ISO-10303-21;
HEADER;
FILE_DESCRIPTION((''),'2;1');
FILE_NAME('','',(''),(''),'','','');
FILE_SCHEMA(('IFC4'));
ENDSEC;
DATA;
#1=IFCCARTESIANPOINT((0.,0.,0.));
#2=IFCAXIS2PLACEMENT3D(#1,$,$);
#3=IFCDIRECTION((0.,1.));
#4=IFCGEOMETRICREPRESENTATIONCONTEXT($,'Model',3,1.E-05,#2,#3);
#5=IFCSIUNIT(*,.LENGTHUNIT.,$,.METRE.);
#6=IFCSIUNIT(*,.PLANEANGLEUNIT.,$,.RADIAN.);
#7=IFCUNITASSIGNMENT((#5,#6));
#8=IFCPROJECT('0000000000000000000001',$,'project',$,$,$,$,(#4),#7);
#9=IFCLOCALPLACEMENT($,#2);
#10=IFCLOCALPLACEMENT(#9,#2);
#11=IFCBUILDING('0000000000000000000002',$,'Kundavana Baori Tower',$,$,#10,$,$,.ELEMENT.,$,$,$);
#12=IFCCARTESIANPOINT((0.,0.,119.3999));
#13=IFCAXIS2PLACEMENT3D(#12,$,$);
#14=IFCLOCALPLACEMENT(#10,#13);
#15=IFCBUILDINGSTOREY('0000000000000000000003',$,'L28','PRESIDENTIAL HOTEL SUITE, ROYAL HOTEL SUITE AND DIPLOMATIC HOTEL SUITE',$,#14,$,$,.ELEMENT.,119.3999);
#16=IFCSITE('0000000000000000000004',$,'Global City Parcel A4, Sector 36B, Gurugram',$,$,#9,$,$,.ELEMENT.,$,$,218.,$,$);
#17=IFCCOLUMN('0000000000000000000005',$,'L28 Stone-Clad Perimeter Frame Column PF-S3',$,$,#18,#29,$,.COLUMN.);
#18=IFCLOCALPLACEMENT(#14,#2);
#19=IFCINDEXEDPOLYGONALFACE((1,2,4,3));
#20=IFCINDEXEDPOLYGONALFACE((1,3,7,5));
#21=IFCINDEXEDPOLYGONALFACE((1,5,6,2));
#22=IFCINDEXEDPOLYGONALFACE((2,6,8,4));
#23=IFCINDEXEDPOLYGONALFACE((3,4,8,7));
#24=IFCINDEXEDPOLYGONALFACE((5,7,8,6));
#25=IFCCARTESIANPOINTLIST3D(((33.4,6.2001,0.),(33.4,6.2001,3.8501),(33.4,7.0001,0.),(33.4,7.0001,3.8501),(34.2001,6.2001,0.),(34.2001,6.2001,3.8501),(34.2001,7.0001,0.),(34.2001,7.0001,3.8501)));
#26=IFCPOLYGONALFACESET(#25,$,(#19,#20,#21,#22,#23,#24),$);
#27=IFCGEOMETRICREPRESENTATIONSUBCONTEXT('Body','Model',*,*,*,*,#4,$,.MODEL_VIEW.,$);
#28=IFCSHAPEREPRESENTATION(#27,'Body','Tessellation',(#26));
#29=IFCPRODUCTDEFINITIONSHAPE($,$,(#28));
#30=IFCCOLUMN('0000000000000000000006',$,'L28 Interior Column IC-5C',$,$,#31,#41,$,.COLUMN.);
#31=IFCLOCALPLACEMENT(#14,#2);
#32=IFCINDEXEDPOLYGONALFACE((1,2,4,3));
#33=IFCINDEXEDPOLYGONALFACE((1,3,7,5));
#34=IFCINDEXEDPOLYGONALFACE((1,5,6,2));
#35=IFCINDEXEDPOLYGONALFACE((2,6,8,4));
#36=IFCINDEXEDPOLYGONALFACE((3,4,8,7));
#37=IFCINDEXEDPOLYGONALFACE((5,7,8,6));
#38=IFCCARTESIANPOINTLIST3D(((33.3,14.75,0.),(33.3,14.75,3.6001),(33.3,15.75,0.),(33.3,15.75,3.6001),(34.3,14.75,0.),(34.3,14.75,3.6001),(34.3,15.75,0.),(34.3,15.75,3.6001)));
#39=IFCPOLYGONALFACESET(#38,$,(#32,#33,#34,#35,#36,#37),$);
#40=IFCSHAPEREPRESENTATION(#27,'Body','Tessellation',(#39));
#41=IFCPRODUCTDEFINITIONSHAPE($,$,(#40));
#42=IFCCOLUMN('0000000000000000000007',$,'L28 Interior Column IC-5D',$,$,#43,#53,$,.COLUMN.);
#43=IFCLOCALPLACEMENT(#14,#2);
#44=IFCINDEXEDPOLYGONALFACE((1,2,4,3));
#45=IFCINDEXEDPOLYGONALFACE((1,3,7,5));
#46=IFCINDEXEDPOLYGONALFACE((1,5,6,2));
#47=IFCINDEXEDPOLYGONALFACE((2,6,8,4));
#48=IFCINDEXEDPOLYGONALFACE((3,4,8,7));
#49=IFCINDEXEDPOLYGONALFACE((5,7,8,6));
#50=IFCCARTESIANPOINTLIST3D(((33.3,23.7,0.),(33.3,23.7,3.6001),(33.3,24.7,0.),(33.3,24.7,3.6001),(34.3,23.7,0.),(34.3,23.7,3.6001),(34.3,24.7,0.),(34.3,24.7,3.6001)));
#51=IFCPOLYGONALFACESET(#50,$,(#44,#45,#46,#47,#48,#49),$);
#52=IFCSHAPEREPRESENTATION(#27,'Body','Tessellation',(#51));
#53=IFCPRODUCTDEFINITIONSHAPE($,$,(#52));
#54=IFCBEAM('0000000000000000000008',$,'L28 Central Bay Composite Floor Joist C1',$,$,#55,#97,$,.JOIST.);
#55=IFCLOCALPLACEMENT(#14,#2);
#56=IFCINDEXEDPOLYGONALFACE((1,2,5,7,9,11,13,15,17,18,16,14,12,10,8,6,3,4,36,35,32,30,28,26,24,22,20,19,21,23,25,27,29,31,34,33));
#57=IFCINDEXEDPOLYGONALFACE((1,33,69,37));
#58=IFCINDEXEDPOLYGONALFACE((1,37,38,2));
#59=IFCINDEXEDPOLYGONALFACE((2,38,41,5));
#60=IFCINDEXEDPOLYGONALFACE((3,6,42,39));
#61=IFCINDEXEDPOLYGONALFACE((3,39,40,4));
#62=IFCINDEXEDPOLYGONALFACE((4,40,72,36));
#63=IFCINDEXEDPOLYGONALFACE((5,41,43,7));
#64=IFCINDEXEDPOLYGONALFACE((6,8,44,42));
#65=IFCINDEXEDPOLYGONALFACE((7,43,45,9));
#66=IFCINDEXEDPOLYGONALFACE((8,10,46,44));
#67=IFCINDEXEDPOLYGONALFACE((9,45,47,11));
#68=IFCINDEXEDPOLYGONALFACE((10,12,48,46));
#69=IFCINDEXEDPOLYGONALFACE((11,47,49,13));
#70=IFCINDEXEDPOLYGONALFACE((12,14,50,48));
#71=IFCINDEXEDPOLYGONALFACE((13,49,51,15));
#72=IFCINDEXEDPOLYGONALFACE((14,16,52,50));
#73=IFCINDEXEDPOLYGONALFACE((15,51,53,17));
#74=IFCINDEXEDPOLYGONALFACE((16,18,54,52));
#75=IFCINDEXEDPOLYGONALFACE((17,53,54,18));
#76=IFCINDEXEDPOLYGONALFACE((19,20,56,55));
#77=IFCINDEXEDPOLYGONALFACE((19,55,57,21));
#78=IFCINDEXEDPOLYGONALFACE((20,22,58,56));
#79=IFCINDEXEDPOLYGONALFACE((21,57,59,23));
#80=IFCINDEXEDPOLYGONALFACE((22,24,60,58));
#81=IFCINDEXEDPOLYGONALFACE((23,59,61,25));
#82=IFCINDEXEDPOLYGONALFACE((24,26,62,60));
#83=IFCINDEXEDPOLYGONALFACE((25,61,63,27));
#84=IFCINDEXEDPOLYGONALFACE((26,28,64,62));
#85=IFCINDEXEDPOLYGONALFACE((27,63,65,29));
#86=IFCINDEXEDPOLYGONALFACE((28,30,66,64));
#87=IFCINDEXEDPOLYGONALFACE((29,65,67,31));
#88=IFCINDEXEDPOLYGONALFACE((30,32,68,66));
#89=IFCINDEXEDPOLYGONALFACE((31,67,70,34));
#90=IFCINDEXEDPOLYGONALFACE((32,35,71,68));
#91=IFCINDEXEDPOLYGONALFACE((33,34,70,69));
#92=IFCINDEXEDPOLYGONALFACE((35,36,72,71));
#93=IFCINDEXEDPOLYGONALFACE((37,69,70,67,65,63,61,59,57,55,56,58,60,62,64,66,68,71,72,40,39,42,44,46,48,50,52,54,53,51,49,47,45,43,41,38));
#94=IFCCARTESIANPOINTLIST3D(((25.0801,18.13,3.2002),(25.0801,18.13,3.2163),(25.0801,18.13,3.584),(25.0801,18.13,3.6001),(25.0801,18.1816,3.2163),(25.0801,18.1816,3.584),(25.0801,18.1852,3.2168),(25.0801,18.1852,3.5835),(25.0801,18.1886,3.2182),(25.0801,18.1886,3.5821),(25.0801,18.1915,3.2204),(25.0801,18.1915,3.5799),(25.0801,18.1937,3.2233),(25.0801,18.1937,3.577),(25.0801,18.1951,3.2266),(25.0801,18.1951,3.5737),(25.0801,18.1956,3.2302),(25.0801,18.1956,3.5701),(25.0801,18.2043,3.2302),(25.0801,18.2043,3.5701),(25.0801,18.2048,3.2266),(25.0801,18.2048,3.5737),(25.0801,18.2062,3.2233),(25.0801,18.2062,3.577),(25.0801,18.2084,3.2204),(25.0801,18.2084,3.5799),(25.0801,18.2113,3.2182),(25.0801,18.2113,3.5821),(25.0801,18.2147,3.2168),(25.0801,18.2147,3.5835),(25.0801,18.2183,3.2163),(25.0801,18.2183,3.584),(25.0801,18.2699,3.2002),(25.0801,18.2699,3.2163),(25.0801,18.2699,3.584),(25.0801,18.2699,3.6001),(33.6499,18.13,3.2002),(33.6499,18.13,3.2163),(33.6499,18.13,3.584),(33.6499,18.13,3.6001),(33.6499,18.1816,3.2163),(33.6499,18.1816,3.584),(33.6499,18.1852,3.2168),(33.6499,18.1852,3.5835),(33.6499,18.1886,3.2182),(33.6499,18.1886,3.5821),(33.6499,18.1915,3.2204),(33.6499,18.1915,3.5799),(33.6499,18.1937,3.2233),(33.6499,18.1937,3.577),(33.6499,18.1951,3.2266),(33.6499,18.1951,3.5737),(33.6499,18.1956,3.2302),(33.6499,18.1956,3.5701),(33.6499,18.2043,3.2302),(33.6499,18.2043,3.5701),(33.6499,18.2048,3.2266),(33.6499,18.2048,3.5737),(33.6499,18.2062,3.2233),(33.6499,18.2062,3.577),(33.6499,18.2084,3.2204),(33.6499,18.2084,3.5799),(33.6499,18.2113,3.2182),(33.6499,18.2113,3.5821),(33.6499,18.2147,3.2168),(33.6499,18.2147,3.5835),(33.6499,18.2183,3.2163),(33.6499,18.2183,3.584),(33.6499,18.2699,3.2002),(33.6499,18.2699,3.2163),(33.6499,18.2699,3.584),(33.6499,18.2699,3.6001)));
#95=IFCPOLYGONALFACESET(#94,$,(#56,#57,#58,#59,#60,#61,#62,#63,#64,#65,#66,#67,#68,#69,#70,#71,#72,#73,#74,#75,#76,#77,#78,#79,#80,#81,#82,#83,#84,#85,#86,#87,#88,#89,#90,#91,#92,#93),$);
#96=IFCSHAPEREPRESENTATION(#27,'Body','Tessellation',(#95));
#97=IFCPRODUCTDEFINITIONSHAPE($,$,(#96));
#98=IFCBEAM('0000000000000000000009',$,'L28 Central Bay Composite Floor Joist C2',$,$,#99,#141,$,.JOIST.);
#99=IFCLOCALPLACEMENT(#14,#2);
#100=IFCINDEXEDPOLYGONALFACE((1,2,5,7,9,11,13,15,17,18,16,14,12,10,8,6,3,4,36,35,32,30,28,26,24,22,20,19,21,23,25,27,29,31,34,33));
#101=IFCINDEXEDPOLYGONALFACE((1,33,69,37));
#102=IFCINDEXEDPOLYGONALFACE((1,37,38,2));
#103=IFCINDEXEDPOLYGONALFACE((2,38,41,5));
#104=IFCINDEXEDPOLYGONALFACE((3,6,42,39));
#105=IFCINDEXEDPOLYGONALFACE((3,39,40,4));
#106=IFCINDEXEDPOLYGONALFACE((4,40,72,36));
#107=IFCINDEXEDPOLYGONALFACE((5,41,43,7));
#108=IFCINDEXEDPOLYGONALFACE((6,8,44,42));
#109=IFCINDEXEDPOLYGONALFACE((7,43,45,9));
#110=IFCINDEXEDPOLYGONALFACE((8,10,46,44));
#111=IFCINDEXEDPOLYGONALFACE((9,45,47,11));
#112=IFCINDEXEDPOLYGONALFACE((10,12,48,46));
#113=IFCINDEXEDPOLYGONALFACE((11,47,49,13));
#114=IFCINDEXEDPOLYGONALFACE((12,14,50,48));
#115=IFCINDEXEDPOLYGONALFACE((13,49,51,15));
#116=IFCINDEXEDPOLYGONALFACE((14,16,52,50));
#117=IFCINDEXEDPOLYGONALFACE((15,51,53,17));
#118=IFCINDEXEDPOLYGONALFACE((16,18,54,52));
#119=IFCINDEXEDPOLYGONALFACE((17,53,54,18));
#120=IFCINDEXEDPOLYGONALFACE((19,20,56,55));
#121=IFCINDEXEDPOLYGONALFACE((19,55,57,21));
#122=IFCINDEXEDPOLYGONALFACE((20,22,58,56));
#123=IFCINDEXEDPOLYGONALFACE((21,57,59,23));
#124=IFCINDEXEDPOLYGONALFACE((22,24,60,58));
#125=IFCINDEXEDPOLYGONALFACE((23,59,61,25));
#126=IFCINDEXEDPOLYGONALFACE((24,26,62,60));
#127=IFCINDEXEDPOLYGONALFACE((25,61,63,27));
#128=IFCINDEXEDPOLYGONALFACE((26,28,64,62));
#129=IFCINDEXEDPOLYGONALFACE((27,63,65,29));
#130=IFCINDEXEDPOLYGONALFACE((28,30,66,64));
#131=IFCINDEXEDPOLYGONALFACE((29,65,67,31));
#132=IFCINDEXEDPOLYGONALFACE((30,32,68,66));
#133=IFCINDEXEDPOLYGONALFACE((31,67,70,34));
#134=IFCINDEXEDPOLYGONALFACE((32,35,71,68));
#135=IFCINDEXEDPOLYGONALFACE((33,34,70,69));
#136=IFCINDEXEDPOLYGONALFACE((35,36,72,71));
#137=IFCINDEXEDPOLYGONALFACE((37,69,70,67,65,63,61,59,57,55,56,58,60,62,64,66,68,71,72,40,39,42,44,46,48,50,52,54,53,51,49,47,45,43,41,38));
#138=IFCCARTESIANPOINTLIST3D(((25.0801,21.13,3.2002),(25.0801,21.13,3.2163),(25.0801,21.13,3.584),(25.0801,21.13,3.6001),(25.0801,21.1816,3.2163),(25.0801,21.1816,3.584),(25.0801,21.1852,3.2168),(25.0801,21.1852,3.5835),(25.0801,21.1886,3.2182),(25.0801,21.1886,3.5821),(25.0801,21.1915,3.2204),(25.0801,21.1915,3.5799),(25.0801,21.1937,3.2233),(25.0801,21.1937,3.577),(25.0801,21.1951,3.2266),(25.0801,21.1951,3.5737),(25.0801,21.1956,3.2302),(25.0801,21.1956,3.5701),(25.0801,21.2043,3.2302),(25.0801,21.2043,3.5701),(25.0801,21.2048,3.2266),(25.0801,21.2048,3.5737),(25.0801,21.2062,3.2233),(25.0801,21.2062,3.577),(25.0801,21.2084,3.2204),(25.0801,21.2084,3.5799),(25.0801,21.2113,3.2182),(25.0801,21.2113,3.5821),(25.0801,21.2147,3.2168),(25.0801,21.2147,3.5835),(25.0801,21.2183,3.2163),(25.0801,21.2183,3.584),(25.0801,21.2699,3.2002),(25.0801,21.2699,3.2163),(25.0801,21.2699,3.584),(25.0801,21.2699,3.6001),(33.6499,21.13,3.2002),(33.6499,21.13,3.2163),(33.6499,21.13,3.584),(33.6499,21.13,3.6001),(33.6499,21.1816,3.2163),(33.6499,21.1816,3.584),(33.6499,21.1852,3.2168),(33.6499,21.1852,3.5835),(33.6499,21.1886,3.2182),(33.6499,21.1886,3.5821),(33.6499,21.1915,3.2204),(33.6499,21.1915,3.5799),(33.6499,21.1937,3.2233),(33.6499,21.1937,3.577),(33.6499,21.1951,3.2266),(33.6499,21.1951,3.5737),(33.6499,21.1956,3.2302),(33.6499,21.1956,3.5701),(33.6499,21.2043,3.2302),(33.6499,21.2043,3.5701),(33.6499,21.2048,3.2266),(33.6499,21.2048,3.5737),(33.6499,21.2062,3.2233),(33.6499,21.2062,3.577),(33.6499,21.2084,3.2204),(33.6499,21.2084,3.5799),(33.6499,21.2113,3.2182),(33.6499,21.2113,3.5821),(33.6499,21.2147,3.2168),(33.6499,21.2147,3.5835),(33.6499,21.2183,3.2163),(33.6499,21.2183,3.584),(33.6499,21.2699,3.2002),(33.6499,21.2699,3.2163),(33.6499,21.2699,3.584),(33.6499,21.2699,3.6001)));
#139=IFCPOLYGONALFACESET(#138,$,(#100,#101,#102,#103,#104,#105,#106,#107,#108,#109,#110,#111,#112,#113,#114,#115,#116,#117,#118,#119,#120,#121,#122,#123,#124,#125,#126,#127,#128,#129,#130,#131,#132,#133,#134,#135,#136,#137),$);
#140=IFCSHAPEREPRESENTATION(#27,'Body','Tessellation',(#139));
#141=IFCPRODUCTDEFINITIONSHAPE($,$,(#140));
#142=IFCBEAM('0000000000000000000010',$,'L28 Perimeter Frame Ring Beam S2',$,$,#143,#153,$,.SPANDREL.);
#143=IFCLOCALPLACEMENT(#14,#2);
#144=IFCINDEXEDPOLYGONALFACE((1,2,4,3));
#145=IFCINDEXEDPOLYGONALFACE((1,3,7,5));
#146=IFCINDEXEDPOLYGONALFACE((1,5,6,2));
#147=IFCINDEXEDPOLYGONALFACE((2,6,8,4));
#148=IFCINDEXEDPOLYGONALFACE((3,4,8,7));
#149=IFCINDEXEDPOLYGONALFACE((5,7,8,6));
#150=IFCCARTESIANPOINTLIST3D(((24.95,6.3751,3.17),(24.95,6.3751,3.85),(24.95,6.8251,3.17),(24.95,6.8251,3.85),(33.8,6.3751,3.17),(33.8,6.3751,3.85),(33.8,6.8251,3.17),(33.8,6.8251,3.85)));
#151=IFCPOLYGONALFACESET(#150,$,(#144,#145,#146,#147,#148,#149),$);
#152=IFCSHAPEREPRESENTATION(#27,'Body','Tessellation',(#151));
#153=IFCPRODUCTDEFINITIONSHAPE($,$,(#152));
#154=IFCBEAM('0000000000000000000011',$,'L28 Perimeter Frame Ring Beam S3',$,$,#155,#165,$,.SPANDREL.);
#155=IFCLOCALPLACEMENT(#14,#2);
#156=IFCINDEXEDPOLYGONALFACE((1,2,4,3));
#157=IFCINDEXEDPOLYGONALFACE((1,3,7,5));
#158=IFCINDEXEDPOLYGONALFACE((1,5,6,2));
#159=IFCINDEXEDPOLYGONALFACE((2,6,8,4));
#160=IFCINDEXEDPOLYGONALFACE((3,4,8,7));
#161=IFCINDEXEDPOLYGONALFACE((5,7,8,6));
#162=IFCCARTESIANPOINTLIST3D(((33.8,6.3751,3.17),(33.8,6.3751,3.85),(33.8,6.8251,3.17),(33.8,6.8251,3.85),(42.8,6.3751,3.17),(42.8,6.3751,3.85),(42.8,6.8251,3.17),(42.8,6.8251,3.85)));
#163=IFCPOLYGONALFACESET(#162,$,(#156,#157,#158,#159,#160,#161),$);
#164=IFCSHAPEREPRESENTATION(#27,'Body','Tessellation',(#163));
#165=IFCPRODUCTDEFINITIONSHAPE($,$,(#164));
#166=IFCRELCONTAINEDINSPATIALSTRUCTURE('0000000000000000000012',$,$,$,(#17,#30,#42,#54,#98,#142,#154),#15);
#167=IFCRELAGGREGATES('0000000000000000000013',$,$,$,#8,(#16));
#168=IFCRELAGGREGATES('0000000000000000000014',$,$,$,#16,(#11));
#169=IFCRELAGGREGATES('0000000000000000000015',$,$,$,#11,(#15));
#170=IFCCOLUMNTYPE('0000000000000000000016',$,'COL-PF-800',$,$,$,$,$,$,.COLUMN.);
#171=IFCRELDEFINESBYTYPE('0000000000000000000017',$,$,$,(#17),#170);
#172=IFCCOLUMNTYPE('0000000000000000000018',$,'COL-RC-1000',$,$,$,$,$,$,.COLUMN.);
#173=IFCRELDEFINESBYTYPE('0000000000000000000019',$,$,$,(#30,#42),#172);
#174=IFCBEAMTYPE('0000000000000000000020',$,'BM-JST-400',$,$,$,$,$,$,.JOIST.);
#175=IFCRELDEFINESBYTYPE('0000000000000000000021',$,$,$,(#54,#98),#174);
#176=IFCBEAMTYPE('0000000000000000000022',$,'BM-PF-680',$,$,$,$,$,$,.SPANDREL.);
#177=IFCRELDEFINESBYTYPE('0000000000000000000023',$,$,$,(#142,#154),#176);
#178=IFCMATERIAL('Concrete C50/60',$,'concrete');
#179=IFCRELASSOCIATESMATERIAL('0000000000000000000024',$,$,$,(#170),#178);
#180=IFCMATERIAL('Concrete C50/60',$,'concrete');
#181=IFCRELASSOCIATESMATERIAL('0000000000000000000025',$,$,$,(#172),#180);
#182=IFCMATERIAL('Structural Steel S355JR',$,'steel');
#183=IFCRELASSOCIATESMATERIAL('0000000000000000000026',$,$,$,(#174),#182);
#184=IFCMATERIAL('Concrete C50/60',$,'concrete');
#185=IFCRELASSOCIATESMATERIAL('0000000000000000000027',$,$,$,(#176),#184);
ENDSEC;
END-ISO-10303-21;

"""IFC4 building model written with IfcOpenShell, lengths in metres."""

from ifc_helpers import new_model, si_unit, direction, frame, origin, origin_2d, place, context, subcontext, project, spatial, rectangle, i_section, extrude, material, material_profile, profile_set, type_object, element, save


model = new_model("IFC4")

# Units and contexts
model_context = context("Model", 3, precision=1e-05, world=origin(), true_north=direction((0.0, 1.0)))
body_context = subcontext(model_context, "Body", "Model", "MODEL_VIEW")
ifc_project = project(units=[si_unit("LENGTHUNIT", "METRE"), si_unit("PLANEANGLEUNIT", "RADIAN")], contexts=[model_context])

# Site, building, storey
site_placement = place(None, origin())
site = spatial("IfcSite", under=ifc_project, at=site_placement, Name="Global City Parcel A4, Sector 36B, Gurugram", CompositionType="ELEMENT", RefElevation=218.0)
building_placement = place(site_placement, origin())
building = spatial("IfcBuilding", under=site, at=building_placement, Name="Kundavana Baori Tower", CompositionType="ELEMENT")
storey_placement = place(building_placement, frame((0.0, 0.0, 119.3999)))
storey = spatial("IfcBuildingStorey", under=building, at=storey_placement, Name="L28", Description="PRESIDENTIAL HOTEL SUITE, ROYAL HOTEL SUITE AND DIPLOMATIC HOTEL SUITE", CompositionType="ELEMENT", Elevation=119.3999)

# Columns
ifc_material_1 = material(Name="Concrete C50/60", Category="concrete")
ifc_material_profile_1 = material_profile(ifc_material_1, rectangle(XDim=0.8, YDim=0.8, at=origin_2d()), Name="RC PF 800x800")
ifc_profile_set_1 = profile_set([ifc_material_profile_1], Name="Concrete C50/60")
column_type_1 = type_object("IfcColumnType", Name="COL-PF-800", PredefinedType="COLUMN", material=ifc_profile_set_1)
column_placement = place(storey_placement, frame((33.8, 6.6001, 0.0), z_axis=(0.0, 0.0, 1.0), x_axis=(1.0, 0.0, 0.0)))
element("IfcColumn", 1, at=column_placement, inside=storey, type_object=column_type_1, Name="L28 Stone-Clad Perimeter Frame Column PF-S3", PredefinedType="COLUMN", context=body_context, shape_type="SweptSolid", body=[
    extrude(rectangle(XDim=0.8, YDim=0.8, at=origin_2d()), origin(), (0.0, 0.0, 1.0), 3.8501),
])
ifc_material_2 = material(Name="Concrete C50/60", Category="concrete")
ifc_material_profile_2 = material_profile(ifc_material_2, rectangle(XDim=1.0, YDim=1.0, at=origin_2d()), Name="RC 1000x1000")
ifc_profile_set_2 = profile_set([ifc_material_profile_2], Name="Concrete C50/60")
column_type_2 = type_object("IfcColumnType", Name="COL-RC-1000", PredefinedType="COLUMN", material=ifc_profile_set_2)
for number, where, z_axis, x_axis, name in (
    (2, (33.8, 15.25, 0.0), (0.0, 0.0, 1.0), (1.0, 0.0, 0.0), "L28 Interior Column IC-5C"),
    (3, (33.8, 24.2, 0.0), (0.0, 0.0, 1.0), (1.0, 0.0, 0.0), "L28 Interior Column IC-5D"),
):
    element("IfcColumn", number, at=place(storey_placement, frame(where, z_axis=z_axis, x_axis=x_axis)), inside=storey, type_object=column_type_2, Name=name, PredefinedType="COLUMN", context=body_context, shape_type="SweptSolid", body=[
        extrude(rectangle(XDim=1.0, YDim=1.0, at=origin_2d()), origin(), (0.0, 0.0, 1.0), 3.6001),
    ])

# Beams
ifc_material_3 = material(Name="Structural Steel S355JR", Category="steel")
ifc_material_profile_3 = material_profile(ifc_material_3, i_section(OverallWidth=0.1399, OverallDepth=0.3999, WebThickness=0.0088, FlangeThickness=0.0161, FilletRadius=0.0139, at=origin_2d()), Name="ISMB 400")
ifc_profile_set_3 = profile_set([ifc_material_profile_3], Name="Structural Steel S355JR")
beam_type_1 = type_object("IfcBeamType", Name="BM-JST-400", PredefinedType="JOIST", material=ifc_profile_set_3)
for number, where, z_axis, x_axis, name in (
    (4, (25.0801, 18.2, 3.4001), (1.0, 0.0, 0.0), (0.0, 1.0, 0.0), "L28 Central Bay Composite Floor Joist C1"),
    (5, (25.0801, 21.2, 3.4001), (1.0, 0.0, 0.0), (0.0, 1.0, 0.0), "L28 Central Bay Composite Floor Joist C2"),
):
    element("IfcBeam", number, at=place(storey_placement, frame(where, z_axis=z_axis, x_axis=x_axis)), inside=storey, type_object=beam_type_1, Name=name, PredefinedType="JOIST", context=body_context, shape_type="SweptSolid", body=[
        extrude(i_section(OverallWidth=0.1399, OverallDepth=0.3999, WebThickness=0.0088, FlangeThickness=0.0161, FilletRadius=0.0139, at=origin_2d()), origin(), (0.0, 0.0, 1.0), 8.5698),
    ])
ifc_material_4 = material(Name="Concrete C50/60", Category="concrete")
ifc_material_profile_4 = material_profile(ifc_material_4, rectangle(XDim=0.45, YDim=0.6799, at=origin_2d()), Name="RC BM 450x680")
ifc_profile_set_4 = profile_set([ifc_material_profile_4], Name="Concrete C50/60")
beam_type_2 = type_object("IfcBeamType", Name="BM-PF-680", PredefinedType="SPANDREL", material=ifc_profile_set_4)
beam_1_placement = place(storey_placement, frame((24.95, 6.6001, 3.51), z_axis=(1.0, 0.0, 0.0), x_axis=(0.0, 1.0, 0.0)))
element("IfcBeam", 6, at=beam_1_placement, inside=storey, type_object=beam_type_2, Name="L28 Perimeter Frame Ring Beam S2", PredefinedType="SPANDREL", context=body_context, shape_type="SweptSolid", body=[
    extrude(rectangle(XDim=0.45, YDim=0.6799, at=origin_2d()), origin(), (0.0, 0.0, 1.0), 8.8501),
])
beam_2_placement = place(storey_placement, frame((33.8, 6.6001, 3.51), z_axis=(1.0, 0.0, 0.0), x_axis=(0.0, 1.0, 0.0)))
element("IfcBeam", 7, at=beam_2_placement, inside=storey, type_object=beam_type_2, Name="L28 Perimeter Frame Ring Beam S3", PredefinedType="SPANDREL", context=body_context, shape_type="SweptSolid", body=[
    extrude(rectangle(XDim=0.45, YDim=0.6799, at=origin_2d()), origin(), (0.0, 0.0, 1.0), 9.0),
])

save(model, "model.ifc")
